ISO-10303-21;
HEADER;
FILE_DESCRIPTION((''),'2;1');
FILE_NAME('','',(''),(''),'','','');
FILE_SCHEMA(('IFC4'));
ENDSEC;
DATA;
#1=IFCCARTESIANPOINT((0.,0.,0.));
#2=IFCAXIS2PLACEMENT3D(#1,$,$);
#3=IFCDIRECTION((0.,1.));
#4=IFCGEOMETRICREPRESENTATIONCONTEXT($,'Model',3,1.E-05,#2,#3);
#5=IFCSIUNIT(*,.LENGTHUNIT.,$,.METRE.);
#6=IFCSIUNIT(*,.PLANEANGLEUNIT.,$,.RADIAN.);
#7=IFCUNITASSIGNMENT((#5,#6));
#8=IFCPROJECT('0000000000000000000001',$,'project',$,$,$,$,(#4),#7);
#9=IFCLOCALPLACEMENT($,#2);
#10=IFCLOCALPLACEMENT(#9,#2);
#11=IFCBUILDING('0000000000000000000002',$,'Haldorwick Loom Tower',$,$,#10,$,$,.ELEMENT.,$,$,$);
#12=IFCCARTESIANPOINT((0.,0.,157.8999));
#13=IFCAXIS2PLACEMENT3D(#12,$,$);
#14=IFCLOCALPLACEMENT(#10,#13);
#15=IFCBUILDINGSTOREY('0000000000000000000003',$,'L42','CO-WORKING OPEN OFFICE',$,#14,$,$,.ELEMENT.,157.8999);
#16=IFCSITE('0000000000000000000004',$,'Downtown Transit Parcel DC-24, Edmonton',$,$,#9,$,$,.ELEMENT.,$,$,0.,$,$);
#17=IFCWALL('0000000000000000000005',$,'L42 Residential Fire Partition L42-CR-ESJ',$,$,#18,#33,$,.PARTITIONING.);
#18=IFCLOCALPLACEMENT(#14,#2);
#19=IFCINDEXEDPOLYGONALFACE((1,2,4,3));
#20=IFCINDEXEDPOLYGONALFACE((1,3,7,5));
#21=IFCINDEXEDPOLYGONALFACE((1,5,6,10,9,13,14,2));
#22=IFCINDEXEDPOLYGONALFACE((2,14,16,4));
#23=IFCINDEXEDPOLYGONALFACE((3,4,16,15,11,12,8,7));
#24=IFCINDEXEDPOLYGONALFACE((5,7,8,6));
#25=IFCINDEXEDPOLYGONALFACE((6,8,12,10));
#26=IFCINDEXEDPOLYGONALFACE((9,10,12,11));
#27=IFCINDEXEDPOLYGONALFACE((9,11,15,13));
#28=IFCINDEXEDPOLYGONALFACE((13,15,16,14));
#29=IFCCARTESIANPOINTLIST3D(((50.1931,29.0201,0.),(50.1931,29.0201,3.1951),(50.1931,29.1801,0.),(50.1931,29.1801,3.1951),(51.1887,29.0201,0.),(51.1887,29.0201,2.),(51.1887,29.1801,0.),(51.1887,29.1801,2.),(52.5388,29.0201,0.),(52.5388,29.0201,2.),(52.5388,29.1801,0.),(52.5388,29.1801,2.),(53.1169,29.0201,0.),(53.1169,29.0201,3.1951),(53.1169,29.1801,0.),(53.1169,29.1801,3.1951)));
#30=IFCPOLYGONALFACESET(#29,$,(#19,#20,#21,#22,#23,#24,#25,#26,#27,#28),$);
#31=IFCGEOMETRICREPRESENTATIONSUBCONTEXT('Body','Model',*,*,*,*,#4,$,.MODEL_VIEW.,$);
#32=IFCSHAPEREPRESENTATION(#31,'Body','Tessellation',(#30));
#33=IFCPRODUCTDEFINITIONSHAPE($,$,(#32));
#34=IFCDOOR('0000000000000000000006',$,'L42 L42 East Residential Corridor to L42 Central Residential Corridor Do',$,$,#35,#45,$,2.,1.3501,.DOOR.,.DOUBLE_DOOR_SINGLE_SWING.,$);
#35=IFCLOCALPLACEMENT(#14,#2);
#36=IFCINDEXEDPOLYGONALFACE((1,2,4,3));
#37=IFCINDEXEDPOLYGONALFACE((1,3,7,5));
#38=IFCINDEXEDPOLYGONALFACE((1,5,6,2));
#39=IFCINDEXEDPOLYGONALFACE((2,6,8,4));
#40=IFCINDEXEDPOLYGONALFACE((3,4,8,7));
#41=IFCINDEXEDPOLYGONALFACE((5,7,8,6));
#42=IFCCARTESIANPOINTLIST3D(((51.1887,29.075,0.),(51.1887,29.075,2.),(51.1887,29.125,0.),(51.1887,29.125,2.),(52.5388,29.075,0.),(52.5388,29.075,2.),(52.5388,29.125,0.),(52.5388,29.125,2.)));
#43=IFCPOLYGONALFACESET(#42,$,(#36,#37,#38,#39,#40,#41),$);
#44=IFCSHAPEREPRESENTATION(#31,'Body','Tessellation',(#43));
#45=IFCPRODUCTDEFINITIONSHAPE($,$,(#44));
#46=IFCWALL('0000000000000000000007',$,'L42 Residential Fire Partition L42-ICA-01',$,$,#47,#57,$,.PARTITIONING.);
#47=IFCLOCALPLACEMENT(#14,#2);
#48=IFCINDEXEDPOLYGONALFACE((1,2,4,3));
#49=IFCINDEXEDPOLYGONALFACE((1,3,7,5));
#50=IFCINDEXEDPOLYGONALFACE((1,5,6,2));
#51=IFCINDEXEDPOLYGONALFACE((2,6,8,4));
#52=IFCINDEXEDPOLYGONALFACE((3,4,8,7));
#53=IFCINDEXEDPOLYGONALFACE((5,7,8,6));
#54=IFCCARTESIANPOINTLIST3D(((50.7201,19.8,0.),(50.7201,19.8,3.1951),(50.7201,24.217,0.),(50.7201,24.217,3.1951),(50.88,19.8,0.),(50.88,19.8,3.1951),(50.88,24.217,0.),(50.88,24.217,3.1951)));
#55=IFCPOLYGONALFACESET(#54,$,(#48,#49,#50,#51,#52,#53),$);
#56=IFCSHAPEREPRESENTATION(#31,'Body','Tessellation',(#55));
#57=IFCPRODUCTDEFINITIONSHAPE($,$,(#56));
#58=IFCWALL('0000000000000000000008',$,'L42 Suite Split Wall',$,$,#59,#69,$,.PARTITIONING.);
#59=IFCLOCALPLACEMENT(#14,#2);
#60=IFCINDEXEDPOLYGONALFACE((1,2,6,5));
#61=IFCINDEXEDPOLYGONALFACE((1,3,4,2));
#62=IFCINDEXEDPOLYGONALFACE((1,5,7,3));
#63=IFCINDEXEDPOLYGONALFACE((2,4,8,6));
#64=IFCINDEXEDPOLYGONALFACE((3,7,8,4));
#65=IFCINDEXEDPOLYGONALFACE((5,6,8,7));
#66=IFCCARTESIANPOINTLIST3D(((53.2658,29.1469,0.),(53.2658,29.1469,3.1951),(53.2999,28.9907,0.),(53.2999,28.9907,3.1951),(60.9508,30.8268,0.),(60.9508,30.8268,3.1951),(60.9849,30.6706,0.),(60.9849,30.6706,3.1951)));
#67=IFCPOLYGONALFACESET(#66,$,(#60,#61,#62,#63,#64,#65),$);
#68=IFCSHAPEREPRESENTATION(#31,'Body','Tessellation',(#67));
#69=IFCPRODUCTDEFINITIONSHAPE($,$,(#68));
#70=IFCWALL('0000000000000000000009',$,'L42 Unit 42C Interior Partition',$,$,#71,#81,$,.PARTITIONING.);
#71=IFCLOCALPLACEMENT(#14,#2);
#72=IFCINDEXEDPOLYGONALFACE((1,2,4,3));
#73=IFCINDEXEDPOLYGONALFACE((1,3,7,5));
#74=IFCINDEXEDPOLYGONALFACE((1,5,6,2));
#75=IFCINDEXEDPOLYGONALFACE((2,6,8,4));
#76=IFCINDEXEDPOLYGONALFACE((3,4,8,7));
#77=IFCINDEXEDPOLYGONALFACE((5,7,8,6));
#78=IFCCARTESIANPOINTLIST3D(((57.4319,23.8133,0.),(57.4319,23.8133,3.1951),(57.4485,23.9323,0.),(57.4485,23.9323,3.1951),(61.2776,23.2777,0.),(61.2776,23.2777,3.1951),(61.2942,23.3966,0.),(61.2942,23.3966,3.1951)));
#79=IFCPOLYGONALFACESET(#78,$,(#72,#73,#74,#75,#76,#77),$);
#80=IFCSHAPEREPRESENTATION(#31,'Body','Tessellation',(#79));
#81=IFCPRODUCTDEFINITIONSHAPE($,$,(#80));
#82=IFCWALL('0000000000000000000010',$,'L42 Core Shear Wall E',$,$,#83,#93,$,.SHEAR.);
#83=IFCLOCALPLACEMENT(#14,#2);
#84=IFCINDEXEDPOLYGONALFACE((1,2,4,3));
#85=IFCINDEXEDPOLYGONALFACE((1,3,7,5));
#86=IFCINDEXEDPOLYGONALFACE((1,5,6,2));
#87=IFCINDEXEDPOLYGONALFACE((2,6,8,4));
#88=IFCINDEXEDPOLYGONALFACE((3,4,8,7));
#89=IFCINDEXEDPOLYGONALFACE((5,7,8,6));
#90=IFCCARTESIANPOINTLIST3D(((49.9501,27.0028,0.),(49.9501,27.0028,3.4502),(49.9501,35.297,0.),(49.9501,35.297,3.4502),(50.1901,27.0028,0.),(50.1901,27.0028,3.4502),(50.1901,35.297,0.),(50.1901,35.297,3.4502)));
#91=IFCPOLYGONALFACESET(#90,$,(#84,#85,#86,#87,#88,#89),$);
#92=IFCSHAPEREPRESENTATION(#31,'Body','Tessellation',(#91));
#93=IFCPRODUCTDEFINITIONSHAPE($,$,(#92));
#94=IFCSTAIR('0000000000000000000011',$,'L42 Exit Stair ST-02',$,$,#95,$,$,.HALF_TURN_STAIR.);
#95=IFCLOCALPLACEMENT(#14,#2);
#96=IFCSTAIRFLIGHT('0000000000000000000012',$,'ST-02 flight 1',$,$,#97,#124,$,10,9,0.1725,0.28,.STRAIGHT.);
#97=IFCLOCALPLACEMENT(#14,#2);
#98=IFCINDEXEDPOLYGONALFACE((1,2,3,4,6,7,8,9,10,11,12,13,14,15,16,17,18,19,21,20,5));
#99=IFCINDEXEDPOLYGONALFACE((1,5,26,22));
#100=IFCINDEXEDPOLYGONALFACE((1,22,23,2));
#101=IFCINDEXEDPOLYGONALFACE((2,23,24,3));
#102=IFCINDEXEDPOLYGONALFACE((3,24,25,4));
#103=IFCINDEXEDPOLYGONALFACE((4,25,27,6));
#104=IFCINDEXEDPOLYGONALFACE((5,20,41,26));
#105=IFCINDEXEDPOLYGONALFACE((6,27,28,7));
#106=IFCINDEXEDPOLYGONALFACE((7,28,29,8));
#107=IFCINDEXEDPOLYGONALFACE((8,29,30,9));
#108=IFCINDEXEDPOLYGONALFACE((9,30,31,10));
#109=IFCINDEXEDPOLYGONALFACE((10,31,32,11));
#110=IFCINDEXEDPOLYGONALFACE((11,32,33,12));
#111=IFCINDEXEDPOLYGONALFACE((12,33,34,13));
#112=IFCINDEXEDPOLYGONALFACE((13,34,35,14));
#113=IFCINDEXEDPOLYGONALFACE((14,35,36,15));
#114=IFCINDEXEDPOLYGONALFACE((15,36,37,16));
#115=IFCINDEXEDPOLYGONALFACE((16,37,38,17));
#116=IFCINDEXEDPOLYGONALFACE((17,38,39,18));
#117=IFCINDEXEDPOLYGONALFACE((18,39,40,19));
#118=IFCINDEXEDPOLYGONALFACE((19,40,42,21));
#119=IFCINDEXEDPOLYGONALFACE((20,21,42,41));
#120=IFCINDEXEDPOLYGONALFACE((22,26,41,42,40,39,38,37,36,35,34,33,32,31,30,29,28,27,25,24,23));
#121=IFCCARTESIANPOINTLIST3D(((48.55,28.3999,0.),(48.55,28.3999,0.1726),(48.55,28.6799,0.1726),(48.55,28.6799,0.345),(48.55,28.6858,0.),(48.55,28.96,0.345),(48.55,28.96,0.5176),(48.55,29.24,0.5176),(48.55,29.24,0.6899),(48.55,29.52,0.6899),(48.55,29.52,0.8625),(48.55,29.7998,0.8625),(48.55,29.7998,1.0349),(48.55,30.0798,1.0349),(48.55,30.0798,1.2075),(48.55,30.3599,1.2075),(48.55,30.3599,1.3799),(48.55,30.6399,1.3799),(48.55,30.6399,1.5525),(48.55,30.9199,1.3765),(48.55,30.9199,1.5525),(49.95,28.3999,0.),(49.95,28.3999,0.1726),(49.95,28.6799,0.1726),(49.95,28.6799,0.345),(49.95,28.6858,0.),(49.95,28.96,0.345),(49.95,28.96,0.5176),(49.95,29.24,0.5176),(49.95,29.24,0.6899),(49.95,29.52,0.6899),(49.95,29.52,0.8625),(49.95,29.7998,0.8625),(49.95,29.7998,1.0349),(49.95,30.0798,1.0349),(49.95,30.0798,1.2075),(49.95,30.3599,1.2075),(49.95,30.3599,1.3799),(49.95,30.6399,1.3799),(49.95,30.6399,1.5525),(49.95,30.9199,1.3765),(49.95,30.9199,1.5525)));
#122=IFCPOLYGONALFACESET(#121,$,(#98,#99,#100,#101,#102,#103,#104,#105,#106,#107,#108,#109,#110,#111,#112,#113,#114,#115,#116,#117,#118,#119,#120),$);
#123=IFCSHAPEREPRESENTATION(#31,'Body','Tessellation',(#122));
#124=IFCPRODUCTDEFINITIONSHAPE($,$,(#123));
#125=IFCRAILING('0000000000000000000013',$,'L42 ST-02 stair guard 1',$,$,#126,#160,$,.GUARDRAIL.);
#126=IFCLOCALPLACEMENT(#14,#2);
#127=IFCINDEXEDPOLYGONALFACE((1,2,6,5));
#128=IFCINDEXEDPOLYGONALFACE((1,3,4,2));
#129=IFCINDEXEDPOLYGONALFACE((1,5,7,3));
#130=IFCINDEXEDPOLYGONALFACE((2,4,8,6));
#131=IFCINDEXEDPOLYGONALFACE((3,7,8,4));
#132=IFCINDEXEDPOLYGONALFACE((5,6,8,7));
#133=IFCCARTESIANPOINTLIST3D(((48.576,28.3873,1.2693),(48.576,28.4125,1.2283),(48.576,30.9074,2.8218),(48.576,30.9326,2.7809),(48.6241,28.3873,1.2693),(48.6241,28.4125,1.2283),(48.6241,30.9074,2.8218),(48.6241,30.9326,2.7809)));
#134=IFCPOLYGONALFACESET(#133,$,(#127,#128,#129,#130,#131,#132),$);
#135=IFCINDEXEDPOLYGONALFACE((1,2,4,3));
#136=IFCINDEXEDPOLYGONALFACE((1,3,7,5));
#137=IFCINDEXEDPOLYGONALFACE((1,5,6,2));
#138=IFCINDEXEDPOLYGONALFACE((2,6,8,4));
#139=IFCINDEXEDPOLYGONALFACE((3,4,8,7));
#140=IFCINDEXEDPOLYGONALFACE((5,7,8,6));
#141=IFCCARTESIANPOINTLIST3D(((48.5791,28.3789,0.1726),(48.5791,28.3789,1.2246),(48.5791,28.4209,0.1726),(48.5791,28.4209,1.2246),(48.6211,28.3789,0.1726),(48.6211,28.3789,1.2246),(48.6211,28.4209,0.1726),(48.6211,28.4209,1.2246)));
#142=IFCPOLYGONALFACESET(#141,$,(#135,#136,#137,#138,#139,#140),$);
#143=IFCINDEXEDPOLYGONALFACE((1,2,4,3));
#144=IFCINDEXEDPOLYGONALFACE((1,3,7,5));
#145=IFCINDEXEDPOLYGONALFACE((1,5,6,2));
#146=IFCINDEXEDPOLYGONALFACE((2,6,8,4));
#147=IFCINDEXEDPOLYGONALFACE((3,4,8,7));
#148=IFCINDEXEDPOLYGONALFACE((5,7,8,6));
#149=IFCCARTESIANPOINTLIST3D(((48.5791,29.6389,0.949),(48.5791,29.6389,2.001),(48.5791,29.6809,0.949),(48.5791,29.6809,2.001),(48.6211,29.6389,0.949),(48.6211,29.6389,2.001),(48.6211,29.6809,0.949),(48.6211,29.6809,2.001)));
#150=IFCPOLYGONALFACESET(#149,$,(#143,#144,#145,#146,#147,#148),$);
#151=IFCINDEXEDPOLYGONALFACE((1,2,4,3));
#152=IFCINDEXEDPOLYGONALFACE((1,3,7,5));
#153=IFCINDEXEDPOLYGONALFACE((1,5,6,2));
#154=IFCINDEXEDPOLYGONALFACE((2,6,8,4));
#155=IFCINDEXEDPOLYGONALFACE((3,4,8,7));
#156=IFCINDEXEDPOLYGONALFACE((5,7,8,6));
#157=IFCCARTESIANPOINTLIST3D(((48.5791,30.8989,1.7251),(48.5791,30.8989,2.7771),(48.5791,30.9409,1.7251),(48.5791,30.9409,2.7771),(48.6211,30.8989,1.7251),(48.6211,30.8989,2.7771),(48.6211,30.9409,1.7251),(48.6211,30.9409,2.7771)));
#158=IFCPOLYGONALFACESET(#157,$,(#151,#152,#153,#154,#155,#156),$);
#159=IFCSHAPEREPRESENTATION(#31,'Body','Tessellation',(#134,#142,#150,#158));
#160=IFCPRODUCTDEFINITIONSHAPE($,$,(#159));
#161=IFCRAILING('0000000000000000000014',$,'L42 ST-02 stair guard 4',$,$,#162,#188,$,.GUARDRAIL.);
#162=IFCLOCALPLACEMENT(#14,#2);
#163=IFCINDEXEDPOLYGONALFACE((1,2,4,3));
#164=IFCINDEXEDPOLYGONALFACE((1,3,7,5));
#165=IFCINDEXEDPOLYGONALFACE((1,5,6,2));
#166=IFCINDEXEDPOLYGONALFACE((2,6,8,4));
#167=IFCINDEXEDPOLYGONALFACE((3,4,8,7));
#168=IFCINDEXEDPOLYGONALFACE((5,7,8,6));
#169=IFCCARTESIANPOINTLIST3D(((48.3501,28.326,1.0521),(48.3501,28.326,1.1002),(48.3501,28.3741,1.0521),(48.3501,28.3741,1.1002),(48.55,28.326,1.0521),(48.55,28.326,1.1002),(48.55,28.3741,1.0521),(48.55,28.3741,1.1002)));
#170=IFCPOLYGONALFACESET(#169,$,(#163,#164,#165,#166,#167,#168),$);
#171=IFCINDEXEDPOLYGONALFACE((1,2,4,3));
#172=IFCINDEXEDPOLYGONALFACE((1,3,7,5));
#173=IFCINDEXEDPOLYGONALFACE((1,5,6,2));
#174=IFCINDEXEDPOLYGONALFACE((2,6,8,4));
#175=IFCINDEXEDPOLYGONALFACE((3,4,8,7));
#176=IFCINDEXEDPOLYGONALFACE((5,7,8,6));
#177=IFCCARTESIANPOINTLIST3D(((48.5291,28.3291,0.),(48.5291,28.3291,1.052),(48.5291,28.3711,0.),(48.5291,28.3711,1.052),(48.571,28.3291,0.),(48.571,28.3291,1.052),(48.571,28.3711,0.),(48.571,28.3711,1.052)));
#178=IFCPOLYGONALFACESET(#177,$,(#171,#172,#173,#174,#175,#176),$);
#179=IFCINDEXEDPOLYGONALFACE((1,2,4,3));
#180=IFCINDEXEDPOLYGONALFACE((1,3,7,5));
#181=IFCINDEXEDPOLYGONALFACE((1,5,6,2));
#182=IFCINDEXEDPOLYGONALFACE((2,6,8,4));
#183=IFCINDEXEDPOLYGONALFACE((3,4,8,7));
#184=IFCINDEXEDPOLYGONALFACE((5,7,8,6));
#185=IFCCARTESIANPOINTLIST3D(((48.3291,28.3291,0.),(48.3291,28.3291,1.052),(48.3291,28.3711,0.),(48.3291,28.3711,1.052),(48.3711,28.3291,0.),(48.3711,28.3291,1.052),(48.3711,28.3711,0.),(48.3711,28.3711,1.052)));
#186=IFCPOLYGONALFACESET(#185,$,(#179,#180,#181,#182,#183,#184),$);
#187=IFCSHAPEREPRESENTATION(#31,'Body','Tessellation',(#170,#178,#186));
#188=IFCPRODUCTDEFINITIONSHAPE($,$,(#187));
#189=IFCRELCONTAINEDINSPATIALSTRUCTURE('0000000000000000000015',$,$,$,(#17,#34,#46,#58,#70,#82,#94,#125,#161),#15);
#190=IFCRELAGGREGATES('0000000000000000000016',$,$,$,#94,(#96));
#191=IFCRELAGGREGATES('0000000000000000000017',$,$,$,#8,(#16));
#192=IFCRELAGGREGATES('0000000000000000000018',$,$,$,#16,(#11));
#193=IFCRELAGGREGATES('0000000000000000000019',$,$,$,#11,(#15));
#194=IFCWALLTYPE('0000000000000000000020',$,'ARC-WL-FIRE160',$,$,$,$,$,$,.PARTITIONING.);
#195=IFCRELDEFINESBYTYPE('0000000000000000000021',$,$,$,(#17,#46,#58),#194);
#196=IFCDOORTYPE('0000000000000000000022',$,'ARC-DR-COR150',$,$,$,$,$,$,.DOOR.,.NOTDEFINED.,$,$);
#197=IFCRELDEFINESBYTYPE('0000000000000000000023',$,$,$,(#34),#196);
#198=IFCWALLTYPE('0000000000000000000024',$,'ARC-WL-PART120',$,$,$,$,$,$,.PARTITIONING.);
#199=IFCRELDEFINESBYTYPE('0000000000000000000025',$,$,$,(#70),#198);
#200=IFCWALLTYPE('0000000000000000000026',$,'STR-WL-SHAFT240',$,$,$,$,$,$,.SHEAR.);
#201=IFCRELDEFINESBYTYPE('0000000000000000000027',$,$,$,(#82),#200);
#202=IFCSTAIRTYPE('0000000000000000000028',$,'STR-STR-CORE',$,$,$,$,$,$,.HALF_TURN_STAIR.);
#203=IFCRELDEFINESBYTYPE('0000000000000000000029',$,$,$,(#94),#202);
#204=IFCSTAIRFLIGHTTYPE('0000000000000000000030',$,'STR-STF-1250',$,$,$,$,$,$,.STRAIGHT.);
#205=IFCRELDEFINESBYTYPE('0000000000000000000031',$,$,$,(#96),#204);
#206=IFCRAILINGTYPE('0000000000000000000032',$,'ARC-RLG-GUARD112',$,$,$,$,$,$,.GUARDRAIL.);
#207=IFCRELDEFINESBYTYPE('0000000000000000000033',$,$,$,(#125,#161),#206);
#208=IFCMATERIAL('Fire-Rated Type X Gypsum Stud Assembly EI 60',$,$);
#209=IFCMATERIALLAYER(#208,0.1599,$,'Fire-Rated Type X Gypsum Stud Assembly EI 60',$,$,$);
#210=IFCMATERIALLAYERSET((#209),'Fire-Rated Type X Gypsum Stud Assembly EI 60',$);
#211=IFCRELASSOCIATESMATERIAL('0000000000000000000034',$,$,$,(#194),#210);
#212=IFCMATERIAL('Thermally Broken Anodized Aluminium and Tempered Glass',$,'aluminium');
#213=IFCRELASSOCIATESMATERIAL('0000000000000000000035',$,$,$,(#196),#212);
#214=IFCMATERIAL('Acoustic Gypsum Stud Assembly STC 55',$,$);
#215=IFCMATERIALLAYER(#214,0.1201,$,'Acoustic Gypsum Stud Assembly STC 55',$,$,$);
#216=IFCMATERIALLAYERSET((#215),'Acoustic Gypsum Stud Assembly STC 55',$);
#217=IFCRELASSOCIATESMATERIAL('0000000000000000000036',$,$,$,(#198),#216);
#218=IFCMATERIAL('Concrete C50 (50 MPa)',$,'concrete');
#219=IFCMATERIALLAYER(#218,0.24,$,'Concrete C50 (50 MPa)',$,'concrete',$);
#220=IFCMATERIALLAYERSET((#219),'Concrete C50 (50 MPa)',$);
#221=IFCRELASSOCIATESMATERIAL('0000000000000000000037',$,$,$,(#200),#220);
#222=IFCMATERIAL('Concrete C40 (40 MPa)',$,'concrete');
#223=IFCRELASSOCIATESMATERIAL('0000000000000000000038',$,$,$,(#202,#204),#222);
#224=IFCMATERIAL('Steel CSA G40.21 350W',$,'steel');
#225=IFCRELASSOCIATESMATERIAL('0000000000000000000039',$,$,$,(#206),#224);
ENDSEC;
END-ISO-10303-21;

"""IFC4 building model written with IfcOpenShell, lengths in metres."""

from ifc_helpers import new_model, si_unit, direction, frame, frame_2d, origin, origin_2d, place, context, subcontext, project, spatial, polyline, rectangle, outline, extrude, material, layer, layer_set, type_object, element, fill, aggregate, save


model = new_model("IFC4")

# Units and contexts
model_context = context("Model", 3, precision=1e-05, world=origin(), true_north=direction((0.0, 1.0)))
body_context = subcontext(model_context, "Body", "Model", "MODEL_VIEW")
ifc_project = project(units=[si_unit("LENGTHUNIT", "METRE"), si_unit("PLANEANGLEUNIT", "RADIAN")], contexts=[model_context])

# Site, building, storey
site_placement = place(None, origin())
site = spatial("IfcSite", under=ifc_project, at=site_placement, Name="Downtown Transit Parcel DC-24, Edmonton", CompositionType="ELEMENT", RefElevation=0.0)
building_placement = place(site_placement, origin())
building = spatial("IfcBuilding", under=site, at=building_placement, Name="Haldorwick Loom Tower", CompositionType="ELEMENT")
storey_placement = place(building_placement, frame((0.0, 0.0, 157.8999)))
storey = spatial("IfcBuildingStorey", under=building, at=storey_placement, Name="L42", Description="CO-WORKING OPEN OFFICE", CompositionType="ELEMENT", Elevation=157.8999)

# Shared definitions
ifc_material_1 = material(Name="Steel CSA G40.21 350W", Category="steel")

# Shared definitions
ifc_material_2 = material(Name="Fire-Rated Type X Gypsum Stud Assembly EI 60")
ifc_layer_1 = layer(ifc_material_2, 0.1599, Name="Fire-Rated Type X Gypsum Stud Assembly EI 60")
ifc_layer_set_1 = layer_set([ifc_layer_1], Name="Fire-Rated Type X Gypsum Stud Assembly EI 60")
wall_type_1 = type_object("IfcWallType", Name="ARC-WL-FIRE160", PredefinedType="PARTITIONING", material=ifc_layer_set_1)

# Wall, opening, door
wall_1_placement = place(storey_placement, frame((50.1931, 29.1001, 0.0), z_axis=(0.0, 0.0, 1.0), x_axis=(1.0, 0.0, 0.0)))
wall_1 = element("IfcWall", 1, at=wall_1_placement, inside=storey, type_object=wall_type_1, Name="L42 Residential Fire Partition L42-CR-ESJ", PredefinedType="PARTITIONING", context=body_context, shape_type="SweptSolid", body=[
    extrude(rectangle(XDim=2.9238, YDim=0.1599, at=frame_2d((1.4619, 0.0))), origin(), (0.0, 0.0, 1.0), 3.1951),
])
opening_1_placement = place(wall_1_placement, frame((0.9956, 0.0, 0.0)))
opening_1 = element("IfcOpeningElement", 2, at=opening_1_placement, cuts=wall_1, PredefinedType="OPENING", context=body_context, shape_type="SweptSolid", body=[
    extrude(rectangle(XDim=1.3501, YDim=2.0, at=frame_2d((0.675, 1.0))), frame((0.0, 0.0898, 0.0), z_axis=(0.0, -1.0, 0.0), x_axis=(1.0, 0.0, 0.0)), (0.0, 0.0, 1.0), 0.1799),
])
ifc_material_3 = material(Name="Thermally Broken Anodized Aluminium and Tempered Glass", Category="aluminium")
door_type_1 = type_object("IfcDoorType", Name="ARC-DR-COR150", OperationType="NOTDEFINED", PredefinedType="DOOR", material=ifc_material_3)
door_1_placement = place(opening_1_placement, origin())
door_1 = element("IfcDoor", 3, at=door_1_placement, inside=storey, type_object=door_type_1, Name="L42 L42 East Residential Corridor to L42 Central Residential Corridor Do", OperationType="DOUBLE_DOOR_SINGLE_SWING", OverallHeight=2.0, OverallWidth=1.3501, PredefinedType="DOOR", context=body_context, shape_type="SweptSolid", body=[
    extrude(rectangle(XDim=1.3501, YDim=2.0, at=frame_2d((0.675, 1.0))), frame((0.0, 0.0249, 0.0), z_axis=(0.0, -1.0, 0.0), x_axis=(1.0, 0.0, 0.0)), (0.0, 0.0, 1.0), 0.05),
])
fill(opening_1, door_1)

# Walls
wall_2_placement = place(storey_placement, frame((50.8, 24.217, 0.0), z_axis=(0.0, 0.0, 1.0), x_axis=(0.0, -1.0, 0.0)))
element("IfcWall", 4, at=wall_2_placement, inside=storey, type_object=wall_type_1, Name="L42 Residential Fire Partition L42-ICA-01", PredefinedType="PARTITIONING", context=body_context, shape_type="SweptSolid", body=[
    extrude(rectangle(XDim=4.417, YDim=0.1599, at=frame_2d((2.2085, 0.0))), origin(), (0.0, 0.0, 1.0), 3.1951),
])
wall_3_placement = place(storey_placement, frame((53.283, 29.0688, 0.0), z_axis=(0.0, 0.0, 1.0), x_axis=(0.976931, 0.213554, 0.0)))
element("IfcWall", 5, at=wall_3_placement, inside=storey, type_object=wall_type_1, Name="L42 Suite Split Wall", PredefinedType="PARTITIONING", context=body_context, shape_type="SweptSolid", body=[
    extrude(rectangle(XDim=7.8665, YDim=0.1599, at=frame_2d((3.9331, 0.0))), origin(), (0.0, 0.0, 1.0), 3.1951),
])
ifc_material_4 = material(Name="Acoustic Gypsum Stud Assembly STC 55")
ifc_layer_2 = layer(ifc_material_4, 0.1201, Name="Acoustic Gypsum Stud Assembly STC 55")
ifc_layer_set_2 = layer_set([ifc_layer_2], Name="Acoustic Gypsum Stud Assembly STC 55")
wall_type_2 = type_object("IfcWallType", Name="ARC-WL-PART120", PredefinedType="PARTITIONING", material=ifc_layer_set_2)
wall_4_placement = place(storey_placement, frame((57.4402, 23.8728, 0.0), z_axis=(0.0, 0.0, 1.0), x_axis=(0.990439, -0.137952, 0.0)))
element("IfcWall", 6, at=wall_4_placement, inside=storey, type_object=wall_type_2, Name="L42 Unit 42C Interior Partition", PredefinedType="PARTITIONING", context=body_context, shape_type="SweptSolid", body=[
    extrude(rectangle(XDim=3.8828, YDim=0.1201, at=frame_2d((1.9414, 0.0))), origin(), (0.0, 0.0, 1.0), 3.1951),
])
ifc_material_5 = material(Name="Concrete C50 (50 MPa)", Category="concrete")
ifc_layer_3 = layer(ifc_material_5, 0.24, Name="Concrete C50 (50 MPa)", Category="concrete")
ifc_layer_set_3 = layer_set([ifc_layer_3], Name="Concrete C50 (50 MPa)")
wall_type_3 = type_object("IfcWallType", Name="STR-WL-SHAFT240", PredefinedType="SHEAR", material=ifc_layer_set_3)
wall_5_placement = place(storey_placement, frame((50.0701, 27.0029, 0.0), z_axis=(0.0, 0.0, 1.0), x_axis=(0.0, 1.0, 0.0)))
element("IfcWall", 7, at=wall_5_placement, inside=storey, type_object=wall_type_3, Name="L42 Core Shear Wall E", PredefinedType="SHEAR", context=body_context, shape_type="SweptSolid", body=[
    extrude(rectangle(XDim=8.2942, YDim=0.24, at=frame_2d((4.147, 0.0))), origin(), (0.0, 0.0, 1.0), 3.4502),
])

# Stair, stair flight
ifc_material_6 = material(Name="Concrete C40 (40 MPa)", Category="concrete")
stair_type = type_object("IfcStairType", Name="STR-STR-CORE", PredefinedType="HALF_TURN_STAIR", material=ifc_material_6)
stair_placement = place(storey_placement, origin())
stair = element("IfcStair", 8, at=stair_placement, inside=storey, type_object=stair_type, Name="L42 Exit Stair ST-02", PredefinedType="HALF_TURN_STAIR")
stair_flight_type = type_object("IfcStairFlightType", Name="STR-STF-1250", PredefinedType="STRAIGHT", material=ifc_material_6)
stair_flight_placement = place(storey_placement, frame((49.25, 28.3999, 0.0), z_axis=(0.0, 0.0, 1.0), x_axis=(0.0, 1.0, 0.0)))
stair_flight = element("IfcStairFlight", 9, at=stair_flight_placement, type_object=stair_flight_type, Name="ST-02 flight 1", NumberOfRisers=10, NumberOfTreads=9, PredefinedType="STRAIGHT", RiserHeight=0.1725, TreadLength=0.28, context=body_context, shape_type="SweptSolid", body=[
    extrude(outline(polyline([(0.0, 0.0), (0.0, 0.1726), (0.28, 0.1726), (0.28, 0.345), (0.5601, 0.345), (0.5601, 0.5176), (0.8401, 0.5176), (0.8401, 0.6899), (1.1201, 0.6899), (1.1201, 0.8625), (1.3999, 0.8625), (1.3999, 1.0349), (1.6799, 1.0349), (1.6799, 1.2075), (1.96, 1.2075), (1.96, 1.3799), (2.24, 1.3799), (2.24, 1.5525), (2.52, 1.5525), (2.52, 1.7251), (2.52, 1.3765), (0.2859, 0.0), (0.0, 0.0)])), frame((0.0, 0.7, 0.0), z_axis=(0.0, -1.0, 0.0), x_axis=(1.0, 0.0, 0.0)), (0.0, 0.0, 1.0), 1.3999),
])
aggregate(stair, [stair_flight])

# Railings
railing_type_1 = type_object("IfcRailingType", Name="ARC-RLG-GUARD112", PredefinedType="GUARDRAIL", material=ifc_material_1)
railing_1_placement = place(storey_placement, frame((48.6001, 28.3999, 0.1726)))
element("IfcRailing", 10, at=railing_1_placement, inside=storey, type_object=railing_type_1, Name="L42 ST-02 stair guard 1", PredefinedType="GUARDRAIL", context=body_context, shape_type="SweptSolid", body=[
    extrude(rectangle(XDim=0.0481, YDim=0.0481, at=origin_2d()), frame((0.0, 0.0, 1.0762), z_axis=(0.0, 0.8514, 0.524516), x_axis=(-1.0, 0.0, 0.0)), (0.0, 0.0, 1.0), 2.96),
    extrude(rectangle(XDim=0.042, YDim=0.042, at=origin_2d()), origin(), (0.0, 0.0, 1.0), 1.052),
    extrude(rectangle(XDim=0.042, YDim=0.042, at=origin_2d()), frame((0.0, 1.26, 0.7764)), (0.0, 0.0, 1.0), 1.052),
    extrude(rectangle(XDim=0.042, YDim=0.042, at=origin_2d()), frame((0.0, 2.52, 1.5525)), (0.0, 0.0, 1.0), 1.052),
])
railing_2_placement = place(storey_placement, frame((48.55, 28.3501, 0.0)))
element("IfcRailing", 11, at=railing_2_placement, inside=storey, type_object=railing_type_1, Name="L42 ST-02 stair guard 4", PredefinedType="GUARDRAIL", context=body_context, shape_type="SweptSolid", body=[
    extrude(rectangle(XDim=0.0481, YDim=0.0481, at=origin_2d()), frame((0.0, 0.0, 1.0762), z_axis=(-1.0, 0.0, 0.0), x_axis=(0.0, -1.0, 0.0)), (0.0, 0.0, 1.0), 0.2),
    extrude(rectangle(XDim=0.042, YDim=0.042, at=origin_2d()), origin(), (0.0, 0.0, 1.0), 1.052),
    extrude(rectangle(XDim=0.042, YDim=0.042, at=origin_2d()), frame((-0.2, 0.0, 0.0)), (0.0, 0.0, 1.0), 1.052),
])

save(model, "model.ifc")
